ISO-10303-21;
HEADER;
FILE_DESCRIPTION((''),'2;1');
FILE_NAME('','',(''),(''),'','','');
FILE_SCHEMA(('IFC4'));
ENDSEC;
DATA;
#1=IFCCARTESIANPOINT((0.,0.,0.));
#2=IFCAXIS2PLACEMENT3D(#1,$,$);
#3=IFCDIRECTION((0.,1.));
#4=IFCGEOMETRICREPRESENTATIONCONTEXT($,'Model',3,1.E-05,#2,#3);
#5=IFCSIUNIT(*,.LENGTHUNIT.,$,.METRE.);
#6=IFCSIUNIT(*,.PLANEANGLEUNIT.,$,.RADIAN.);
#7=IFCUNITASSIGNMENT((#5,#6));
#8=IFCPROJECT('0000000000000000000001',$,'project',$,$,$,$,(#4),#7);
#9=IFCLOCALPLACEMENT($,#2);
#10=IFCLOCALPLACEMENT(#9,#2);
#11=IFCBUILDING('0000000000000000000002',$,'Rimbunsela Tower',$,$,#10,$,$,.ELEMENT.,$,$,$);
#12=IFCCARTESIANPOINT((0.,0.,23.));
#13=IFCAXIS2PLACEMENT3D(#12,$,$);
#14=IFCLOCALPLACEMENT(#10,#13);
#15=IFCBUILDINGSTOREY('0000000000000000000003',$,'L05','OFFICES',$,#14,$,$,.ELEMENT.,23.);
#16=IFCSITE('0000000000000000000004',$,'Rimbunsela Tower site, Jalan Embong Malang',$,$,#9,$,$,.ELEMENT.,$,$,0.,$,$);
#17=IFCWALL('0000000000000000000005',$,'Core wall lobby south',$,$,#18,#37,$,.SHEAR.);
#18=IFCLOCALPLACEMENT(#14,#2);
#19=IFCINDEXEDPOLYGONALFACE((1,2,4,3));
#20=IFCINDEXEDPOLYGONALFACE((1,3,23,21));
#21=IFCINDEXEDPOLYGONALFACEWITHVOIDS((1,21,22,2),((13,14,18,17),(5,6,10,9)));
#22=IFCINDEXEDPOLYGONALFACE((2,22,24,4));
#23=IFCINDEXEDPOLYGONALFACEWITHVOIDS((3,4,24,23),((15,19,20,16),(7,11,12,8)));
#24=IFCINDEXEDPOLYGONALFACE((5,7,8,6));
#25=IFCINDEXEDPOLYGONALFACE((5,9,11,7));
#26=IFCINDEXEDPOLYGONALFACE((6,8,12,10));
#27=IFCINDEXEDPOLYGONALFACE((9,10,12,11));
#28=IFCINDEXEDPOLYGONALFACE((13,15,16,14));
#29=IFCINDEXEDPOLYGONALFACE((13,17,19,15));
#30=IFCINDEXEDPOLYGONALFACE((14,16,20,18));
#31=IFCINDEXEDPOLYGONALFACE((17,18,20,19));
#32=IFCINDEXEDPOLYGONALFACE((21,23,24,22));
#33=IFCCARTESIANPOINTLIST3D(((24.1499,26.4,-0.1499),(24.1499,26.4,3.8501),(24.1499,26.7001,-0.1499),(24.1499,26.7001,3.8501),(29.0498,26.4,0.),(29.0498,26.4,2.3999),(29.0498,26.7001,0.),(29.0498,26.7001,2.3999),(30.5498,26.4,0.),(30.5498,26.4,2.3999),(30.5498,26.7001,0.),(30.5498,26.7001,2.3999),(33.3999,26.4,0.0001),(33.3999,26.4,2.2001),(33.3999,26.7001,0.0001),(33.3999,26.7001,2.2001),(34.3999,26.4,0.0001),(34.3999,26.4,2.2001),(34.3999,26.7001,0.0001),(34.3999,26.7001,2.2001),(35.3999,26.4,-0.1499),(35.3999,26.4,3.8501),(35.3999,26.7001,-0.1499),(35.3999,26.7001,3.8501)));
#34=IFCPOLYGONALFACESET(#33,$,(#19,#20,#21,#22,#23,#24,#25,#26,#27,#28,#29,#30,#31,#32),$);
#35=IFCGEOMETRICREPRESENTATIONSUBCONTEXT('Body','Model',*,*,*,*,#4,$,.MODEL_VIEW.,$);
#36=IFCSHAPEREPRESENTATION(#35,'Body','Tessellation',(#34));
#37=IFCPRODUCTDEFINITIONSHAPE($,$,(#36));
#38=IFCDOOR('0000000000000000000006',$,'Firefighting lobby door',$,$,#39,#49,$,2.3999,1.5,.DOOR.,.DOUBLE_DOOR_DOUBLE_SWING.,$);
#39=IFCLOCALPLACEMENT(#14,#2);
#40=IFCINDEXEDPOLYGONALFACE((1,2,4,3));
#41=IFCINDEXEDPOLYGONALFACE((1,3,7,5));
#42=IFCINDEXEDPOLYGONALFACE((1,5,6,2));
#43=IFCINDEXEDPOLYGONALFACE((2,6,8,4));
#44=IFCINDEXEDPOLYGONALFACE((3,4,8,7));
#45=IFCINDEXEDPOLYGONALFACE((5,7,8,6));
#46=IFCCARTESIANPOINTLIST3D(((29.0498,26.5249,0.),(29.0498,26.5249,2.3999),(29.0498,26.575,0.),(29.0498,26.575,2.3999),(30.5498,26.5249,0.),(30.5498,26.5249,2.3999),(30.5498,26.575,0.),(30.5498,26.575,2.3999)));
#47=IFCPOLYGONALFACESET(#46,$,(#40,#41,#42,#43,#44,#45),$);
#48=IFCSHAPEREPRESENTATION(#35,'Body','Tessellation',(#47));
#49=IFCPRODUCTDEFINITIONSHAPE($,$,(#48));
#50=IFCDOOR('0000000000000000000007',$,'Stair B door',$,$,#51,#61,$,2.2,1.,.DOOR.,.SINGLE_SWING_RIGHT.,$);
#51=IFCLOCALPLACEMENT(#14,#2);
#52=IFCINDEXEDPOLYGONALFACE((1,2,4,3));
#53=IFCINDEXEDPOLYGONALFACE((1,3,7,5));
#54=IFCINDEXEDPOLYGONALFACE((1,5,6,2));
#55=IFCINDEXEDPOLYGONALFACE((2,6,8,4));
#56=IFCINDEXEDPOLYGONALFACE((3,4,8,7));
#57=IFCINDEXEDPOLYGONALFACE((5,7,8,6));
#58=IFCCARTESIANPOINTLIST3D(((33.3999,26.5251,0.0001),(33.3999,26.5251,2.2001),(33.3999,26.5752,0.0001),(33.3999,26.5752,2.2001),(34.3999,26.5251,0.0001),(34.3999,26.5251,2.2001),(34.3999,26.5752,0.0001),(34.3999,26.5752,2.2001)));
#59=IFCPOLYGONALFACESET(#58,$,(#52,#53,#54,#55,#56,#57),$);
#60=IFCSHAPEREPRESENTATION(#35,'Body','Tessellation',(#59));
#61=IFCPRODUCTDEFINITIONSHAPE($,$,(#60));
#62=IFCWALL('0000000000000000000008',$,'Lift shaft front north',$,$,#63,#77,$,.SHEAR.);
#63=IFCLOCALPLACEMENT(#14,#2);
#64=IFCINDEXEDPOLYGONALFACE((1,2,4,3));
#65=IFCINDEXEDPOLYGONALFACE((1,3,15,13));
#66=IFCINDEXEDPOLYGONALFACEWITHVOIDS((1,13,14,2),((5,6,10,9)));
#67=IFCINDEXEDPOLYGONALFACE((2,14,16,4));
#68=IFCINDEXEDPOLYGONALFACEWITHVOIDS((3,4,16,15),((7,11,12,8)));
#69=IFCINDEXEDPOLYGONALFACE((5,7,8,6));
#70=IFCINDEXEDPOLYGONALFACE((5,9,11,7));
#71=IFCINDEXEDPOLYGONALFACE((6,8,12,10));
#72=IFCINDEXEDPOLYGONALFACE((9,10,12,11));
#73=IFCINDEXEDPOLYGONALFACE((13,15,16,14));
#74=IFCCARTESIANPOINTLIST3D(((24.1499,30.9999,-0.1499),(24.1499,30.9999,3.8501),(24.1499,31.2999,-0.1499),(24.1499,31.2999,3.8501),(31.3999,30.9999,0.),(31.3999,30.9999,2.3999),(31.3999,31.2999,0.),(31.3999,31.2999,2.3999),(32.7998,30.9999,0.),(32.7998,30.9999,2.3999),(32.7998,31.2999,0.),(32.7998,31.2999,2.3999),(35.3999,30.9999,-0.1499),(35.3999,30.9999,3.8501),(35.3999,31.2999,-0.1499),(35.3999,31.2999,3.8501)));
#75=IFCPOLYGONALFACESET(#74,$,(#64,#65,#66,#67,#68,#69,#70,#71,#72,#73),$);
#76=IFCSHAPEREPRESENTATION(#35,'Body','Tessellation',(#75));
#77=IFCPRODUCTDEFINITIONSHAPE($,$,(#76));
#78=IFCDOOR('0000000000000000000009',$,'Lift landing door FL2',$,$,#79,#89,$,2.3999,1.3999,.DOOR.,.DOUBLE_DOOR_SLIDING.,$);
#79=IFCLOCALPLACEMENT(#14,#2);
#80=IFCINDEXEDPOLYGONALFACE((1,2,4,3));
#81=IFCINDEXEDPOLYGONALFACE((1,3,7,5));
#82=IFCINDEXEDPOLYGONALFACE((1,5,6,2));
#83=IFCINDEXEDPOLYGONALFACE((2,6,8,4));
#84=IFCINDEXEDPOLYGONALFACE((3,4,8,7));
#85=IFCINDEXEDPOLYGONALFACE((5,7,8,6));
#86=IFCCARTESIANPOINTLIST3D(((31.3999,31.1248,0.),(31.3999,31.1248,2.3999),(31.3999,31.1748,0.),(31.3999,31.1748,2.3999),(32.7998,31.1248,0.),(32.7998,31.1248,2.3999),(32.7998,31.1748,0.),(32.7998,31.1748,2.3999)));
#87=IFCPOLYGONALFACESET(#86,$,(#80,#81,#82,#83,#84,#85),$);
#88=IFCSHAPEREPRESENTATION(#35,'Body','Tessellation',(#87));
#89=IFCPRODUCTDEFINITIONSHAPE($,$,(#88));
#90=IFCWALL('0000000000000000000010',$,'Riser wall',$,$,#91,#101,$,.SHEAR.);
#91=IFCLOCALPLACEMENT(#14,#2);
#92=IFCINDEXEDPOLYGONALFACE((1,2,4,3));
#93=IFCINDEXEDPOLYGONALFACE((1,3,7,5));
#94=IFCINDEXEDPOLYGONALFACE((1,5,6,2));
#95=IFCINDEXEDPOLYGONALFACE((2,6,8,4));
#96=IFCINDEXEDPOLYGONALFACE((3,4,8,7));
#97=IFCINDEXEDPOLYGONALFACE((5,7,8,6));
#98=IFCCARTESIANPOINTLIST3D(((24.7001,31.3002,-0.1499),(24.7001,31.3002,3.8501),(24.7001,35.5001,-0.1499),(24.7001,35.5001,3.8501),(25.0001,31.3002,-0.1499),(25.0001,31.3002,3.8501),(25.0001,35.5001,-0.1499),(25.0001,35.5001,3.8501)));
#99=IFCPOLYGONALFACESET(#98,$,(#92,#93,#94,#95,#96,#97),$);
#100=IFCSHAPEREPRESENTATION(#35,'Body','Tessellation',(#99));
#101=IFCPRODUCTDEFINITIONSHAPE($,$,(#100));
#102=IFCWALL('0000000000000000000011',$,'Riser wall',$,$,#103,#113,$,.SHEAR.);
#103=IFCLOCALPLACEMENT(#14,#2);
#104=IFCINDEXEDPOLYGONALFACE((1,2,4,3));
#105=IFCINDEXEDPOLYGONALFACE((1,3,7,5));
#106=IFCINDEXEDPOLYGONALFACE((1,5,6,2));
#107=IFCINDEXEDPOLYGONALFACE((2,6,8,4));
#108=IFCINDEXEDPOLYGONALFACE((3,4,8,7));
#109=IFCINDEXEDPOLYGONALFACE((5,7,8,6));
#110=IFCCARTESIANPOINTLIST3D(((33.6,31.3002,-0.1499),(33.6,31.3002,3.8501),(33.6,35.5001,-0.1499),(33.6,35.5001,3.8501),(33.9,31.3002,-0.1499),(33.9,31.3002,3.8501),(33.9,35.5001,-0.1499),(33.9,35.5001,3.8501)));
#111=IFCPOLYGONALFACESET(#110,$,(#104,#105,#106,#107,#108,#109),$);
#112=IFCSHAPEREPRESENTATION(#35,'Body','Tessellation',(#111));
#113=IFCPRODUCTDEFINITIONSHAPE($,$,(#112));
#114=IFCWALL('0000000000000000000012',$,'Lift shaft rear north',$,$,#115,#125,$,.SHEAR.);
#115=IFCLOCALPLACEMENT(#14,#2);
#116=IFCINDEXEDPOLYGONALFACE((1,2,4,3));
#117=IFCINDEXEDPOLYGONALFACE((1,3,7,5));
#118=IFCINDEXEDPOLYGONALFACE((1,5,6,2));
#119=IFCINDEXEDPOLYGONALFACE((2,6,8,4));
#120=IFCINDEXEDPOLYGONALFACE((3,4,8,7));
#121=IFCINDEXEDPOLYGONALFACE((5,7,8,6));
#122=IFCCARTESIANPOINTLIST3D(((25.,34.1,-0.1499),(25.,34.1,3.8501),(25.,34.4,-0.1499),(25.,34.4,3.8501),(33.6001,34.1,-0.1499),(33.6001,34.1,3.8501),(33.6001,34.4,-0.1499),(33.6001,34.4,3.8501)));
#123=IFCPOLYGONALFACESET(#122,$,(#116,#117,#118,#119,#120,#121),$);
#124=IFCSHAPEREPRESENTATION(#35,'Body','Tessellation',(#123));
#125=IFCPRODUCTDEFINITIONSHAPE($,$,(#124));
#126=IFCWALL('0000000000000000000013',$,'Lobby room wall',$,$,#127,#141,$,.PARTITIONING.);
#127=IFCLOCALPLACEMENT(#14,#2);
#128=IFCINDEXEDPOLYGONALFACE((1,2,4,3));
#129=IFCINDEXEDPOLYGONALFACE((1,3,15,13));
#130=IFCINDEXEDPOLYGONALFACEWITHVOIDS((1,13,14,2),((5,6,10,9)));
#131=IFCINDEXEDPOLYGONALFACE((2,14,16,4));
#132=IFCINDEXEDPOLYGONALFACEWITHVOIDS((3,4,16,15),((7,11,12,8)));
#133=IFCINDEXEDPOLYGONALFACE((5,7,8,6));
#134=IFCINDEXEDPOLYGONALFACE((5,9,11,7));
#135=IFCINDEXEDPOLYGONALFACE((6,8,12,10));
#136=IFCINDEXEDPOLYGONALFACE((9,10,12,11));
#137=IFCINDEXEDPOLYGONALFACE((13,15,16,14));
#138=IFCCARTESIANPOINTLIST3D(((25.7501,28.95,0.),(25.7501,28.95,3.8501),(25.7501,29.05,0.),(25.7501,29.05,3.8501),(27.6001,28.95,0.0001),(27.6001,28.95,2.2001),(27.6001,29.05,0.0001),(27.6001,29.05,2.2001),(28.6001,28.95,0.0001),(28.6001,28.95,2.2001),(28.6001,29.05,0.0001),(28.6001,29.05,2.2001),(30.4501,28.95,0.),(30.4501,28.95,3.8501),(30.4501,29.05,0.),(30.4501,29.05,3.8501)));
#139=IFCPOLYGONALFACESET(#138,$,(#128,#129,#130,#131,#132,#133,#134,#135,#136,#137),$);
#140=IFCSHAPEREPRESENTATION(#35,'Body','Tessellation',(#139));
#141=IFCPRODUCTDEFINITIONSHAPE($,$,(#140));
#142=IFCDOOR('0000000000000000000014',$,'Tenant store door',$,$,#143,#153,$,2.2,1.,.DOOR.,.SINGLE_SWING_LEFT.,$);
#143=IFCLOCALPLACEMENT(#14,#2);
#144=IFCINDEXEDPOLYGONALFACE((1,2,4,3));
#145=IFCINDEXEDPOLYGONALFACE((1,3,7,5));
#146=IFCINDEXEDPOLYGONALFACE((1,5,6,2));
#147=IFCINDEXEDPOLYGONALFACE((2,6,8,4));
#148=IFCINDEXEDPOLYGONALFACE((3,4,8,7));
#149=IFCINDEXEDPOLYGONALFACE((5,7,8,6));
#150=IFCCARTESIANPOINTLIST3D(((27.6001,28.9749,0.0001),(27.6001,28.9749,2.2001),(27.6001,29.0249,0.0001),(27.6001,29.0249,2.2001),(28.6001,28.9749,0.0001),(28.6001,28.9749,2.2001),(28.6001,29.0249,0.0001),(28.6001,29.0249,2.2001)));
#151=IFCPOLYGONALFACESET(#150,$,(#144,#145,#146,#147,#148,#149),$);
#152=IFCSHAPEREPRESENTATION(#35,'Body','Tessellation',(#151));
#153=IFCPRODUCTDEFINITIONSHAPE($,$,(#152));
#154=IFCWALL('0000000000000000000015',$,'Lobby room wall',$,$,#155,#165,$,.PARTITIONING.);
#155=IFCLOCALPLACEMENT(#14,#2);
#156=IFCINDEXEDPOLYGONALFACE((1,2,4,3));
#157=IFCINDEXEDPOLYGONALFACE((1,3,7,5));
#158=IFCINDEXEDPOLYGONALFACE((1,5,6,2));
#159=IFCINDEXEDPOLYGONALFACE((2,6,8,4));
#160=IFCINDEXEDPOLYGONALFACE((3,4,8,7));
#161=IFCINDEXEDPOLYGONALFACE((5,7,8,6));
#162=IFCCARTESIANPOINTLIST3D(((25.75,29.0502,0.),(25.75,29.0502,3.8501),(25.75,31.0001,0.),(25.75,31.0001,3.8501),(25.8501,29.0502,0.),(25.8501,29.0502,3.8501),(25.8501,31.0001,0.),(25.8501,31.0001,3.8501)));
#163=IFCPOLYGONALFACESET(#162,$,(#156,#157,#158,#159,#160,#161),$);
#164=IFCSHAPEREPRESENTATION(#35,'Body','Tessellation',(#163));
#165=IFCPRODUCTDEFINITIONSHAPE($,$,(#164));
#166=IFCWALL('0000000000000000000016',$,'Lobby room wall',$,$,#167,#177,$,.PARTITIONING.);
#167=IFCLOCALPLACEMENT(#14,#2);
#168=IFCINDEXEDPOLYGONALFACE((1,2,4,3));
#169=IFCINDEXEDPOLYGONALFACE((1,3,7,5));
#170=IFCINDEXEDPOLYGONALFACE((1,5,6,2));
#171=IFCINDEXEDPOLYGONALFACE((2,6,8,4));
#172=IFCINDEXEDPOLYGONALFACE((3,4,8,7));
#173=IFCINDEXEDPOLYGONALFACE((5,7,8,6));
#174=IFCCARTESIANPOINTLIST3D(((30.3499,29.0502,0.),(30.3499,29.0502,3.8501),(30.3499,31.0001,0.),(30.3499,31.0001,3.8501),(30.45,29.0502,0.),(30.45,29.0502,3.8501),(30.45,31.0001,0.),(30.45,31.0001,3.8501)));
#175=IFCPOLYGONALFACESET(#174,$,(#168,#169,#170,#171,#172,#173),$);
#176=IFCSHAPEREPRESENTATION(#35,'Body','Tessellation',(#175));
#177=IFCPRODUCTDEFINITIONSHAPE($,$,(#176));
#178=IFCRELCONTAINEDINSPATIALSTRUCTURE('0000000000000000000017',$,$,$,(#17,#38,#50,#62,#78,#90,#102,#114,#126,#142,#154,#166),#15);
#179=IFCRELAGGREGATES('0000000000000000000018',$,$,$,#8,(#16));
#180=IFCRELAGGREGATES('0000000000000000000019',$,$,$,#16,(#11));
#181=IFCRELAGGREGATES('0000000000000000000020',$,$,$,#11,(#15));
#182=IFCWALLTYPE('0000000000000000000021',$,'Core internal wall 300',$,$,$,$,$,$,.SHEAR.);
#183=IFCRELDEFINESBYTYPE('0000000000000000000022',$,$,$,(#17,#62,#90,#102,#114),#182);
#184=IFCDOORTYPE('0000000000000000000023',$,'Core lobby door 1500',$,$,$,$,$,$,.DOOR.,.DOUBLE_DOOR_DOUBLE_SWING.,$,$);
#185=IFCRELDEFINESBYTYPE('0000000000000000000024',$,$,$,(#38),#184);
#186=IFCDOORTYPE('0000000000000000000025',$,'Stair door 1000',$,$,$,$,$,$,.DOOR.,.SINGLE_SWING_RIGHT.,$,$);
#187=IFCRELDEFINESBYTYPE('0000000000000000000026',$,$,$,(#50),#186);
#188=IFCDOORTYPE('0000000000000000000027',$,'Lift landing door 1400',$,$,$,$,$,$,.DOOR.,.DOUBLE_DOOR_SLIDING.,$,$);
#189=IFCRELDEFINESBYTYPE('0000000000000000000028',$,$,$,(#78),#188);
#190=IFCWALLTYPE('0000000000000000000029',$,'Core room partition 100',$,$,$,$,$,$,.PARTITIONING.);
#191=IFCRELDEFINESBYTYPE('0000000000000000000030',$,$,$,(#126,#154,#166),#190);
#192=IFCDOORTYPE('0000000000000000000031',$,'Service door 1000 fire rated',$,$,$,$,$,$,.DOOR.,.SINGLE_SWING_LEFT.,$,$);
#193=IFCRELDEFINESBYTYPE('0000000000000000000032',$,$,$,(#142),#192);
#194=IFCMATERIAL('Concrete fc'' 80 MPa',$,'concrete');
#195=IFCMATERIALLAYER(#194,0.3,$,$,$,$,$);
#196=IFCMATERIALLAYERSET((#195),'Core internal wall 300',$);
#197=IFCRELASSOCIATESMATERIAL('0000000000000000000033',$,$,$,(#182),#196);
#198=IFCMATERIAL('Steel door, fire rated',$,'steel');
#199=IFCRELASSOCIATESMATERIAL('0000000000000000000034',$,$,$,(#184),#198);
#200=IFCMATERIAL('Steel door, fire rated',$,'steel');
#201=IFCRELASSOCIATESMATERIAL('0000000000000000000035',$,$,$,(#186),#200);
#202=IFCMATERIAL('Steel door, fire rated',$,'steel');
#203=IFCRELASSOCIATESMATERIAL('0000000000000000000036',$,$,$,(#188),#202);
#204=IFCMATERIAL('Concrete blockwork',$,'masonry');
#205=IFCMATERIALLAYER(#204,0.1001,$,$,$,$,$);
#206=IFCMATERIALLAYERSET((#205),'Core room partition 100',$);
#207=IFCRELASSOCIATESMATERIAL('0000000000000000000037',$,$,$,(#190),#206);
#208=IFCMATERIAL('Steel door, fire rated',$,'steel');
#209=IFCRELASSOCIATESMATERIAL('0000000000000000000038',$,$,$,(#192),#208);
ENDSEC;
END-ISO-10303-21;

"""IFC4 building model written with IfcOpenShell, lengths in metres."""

from ifc_helpers import new_model, si_unit, direction, frame, frame_2d, origin, place, context, subcontext, project, spatial, rectangle, extrude, material, layer, layer_set, type_object, element, fill, save


model = new_model("IFC4")

# Units and contexts
model_context = context("Model", 3, precision=1e-05, world=origin(), true_north=direction((0.0, 1.0)))
body_context = subcontext(model_context, "Body", "Model", "MODEL_VIEW")
ifc_project = project(units=[si_unit("LENGTHUNIT", "METRE"), si_unit("PLANEANGLEUNIT", "RADIAN")], contexts=[model_context])

# Site, building, storey
site_placement = place(None, origin())
site = spatial("IfcSite", under=ifc_project, at=site_placement, Name="Rimbunsela Tower site, Jalan Embong Malang", CompositionType="ELEMENT", RefElevation=0.0)
building_placement = place(site_placement, origin())
building = spatial("IfcBuilding", under=site, at=building_placement, Name="Rimbunsela Tower", CompositionType="ELEMENT")
storey_placement = place(building_placement, frame((0.0, 0.0, 23.0)))
storey = spatial("IfcBuildingStorey", under=building, at=storey_placement, Name="L05", Description="OFFICES", CompositionType="ELEMENT", Elevation=23.0)

# Wall, openings, doors
ifc_material_1 = material(Name="Concrete fc' 80 MPa", Category="concrete")
ifc_layer_1 = layer(ifc_material_1, 0.3)
ifc_layer_set_1 = layer_set([ifc_layer_1], Name="Core internal wall 300")
wall_type_1 = type_object("IfcWallType", Name="Core internal wall 300", PredefinedType="SHEAR", material=ifc_layer_set_1)
wall_1_placement = place(storey_placement, frame((24.1499, 26.55, -0.1499), z_axis=(0.0, 0.0, 1.0), x_axis=(1.0, 0.0, 0.0)))
wall_1 = element("IfcWall", 1, at=wall_1_placement, inside=storey, type_object=wall_type_1, Name="Core wall lobby south", PredefinedType="SHEAR", context=body_context, shape_type="SweptSolid", body=[
    extrude(rectangle(XDim=11.25, YDim=0.3, at=frame_2d((5.625, 0.0))), origin(), (0.0, 0.0, 1.0), 4.0),
])
opening_1_placement = place(wall_1_placement, frame((9.25, 0.0, 0.1499)))
opening_1 = element("IfcOpeningElement", 2, at=opening_1_placement, cuts=wall_1, PredefinedType="OPENING", context=body_context, shape_type="SweptSolid", body=[
    extrude(rectangle(XDim=1.0, YDim=2.2, at=frame_2d((0.5, 1.1001))), frame((0.0, 0.1599, 0.0), z_axis=(0.0, -1.0, 0.0), x_axis=(1.0, 0.0, 0.0)), (0.0, 0.0, 1.0), 0.3201),
])
opening_2_placement = place(wall_1_placement, frame((4.8999, 0.0, 0.1499)))
opening_2 = element("IfcOpeningElement", 3, at=opening_2_placement, cuts=wall_1, PredefinedType="OPENING", context=body_context, shape_type="SweptSolid", body=[
    extrude(rectangle(XDim=1.5, YDim=2.3999, at=frame_2d((0.75, 1.2))), frame((0.0, 0.1599, 0.0), z_axis=(0.0, -1.0, 0.0), x_axis=(1.0, 0.0, 0.0)), (0.0, 0.0, 1.0), 0.3201),
])
ifc_material_2 = material(Name="Steel door, fire rated", Category="steel")
door_type_1 = type_object("IfcDoorType", Name="Core lobby door 1500", OperationType="DOUBLE_DOOR_DOUBLE_SWING", PredefinedType="DOOR", material=ifc_material_2)
door_1_placement = place(opening_2_placement, origin())
door_1 = element("IfcDoor", 4, at=door_1_placement, inside=storey, type_object=door_type_1, Name="Firefighting lobby door", OperationType="DOUBLE_DOOR_DOUBLE_SWING", OverallHeight=2.3999, OverallWidth=1.5, PredefinedType="DOOR", context=body_context, shape_type="SweptSolid", body=[
    extrude(rectangle(XDim=1.5, YDim=2.3999, at=frame_2d((0.75, 1.2))), frame((0.0, 0.0249, 0.0), z_axis=(0.0, -1.0, 0.0), x_axis=(1.0, 0.0, 0.0)), (0.0, 0.0, 1.0), 0.05),
])
fill(opening_2, door_1)
ifc_material_3 = material(Name="Steel door, fire rated", Category="steel")
door_type_2 = type_object("IfcDoorType", Name="Stair door 1000", OperationType="SINGLE_SWING_RIGHT", PredefinedType="DOOR", material=ifc_material_3)
door_2_placement = place(opening_1_placement, frame((1.0, 0.0, 0.0), z_axis=(0.0, 0.0, 1.0), x_axis=(-1.0, 0.0, 0.0)))
door_2 = element("IfcDoor", 5, at=door_2_placement, inside=storey, type_object=door_type_2, Name="Stair B door", OperationType="SINGLE_SWING_RIGHT", OverallHeight=2.2, OverallWidth=1.0, PredefinedType="DOOR", context=body_context, shape_type="SweptSolid", body=[
    extrude(rectangle(XDim=1.0, YDim=2.2, at=frame_2d((0.5, 1.1001))), frame((0.0, 0.0249, 0.0), z_axis=(0.0, -1.0, 0.0), x_axis=(1.0, 0.0, 0.0)), (0.0, 0.0, 1.0), 0.05),
])
fill(opening_1, door_2)

# Wall, opening, door
wall_2_placement = place(storey_placement, frame((24.1499, 31.1499, -0.1499), z_axis=(0.0, 0.0, 1.0), x_axis=(1.0, 0.0, 0.0)))
wall_2 = element("IfcWall", 6, at=wall_2_placement, inside=storey, type_object=wall_type_1, Name="Lift shaft front north", PredefinedType="SHEAR", context=body_context, shape_type="SweptSolid", body=[
    extrude(rectangle(XDim=11.25, YDim=0.3, at=frame_2d((5.625, 0.0))), origin(), (0.0, 0.0, 1.0), 4.0),
])
opening_3_placement = place(wall_2_placement, frame((7.25, 0.0, 0.1499)))
opening_3 = element("IfcOpeningElement", 7, at=opening_3_placement, cuts=wall_2, PredefinedType="OPENING", context=body_context, shape_type="SweptSolid", body=[
    extrude(rectangle(XDim=1.3999, YDim=2.3999, at=frame_2d((0.7, 1.2))), frame((0.0, 0.1599, 0.0), z_axis=(0.0, -1.0, 0.0), x_axis=(1.0, 0.0, 0.0)), (0.0, 0.0, 1.0), 0.3201),
])
ifc_material_4 = material(Name="Steel door, fire rated", Category="steel")
door_type_3 = type_object("IfcDoorType", Name="Lift landing door 1400", OperationType="DOUBLE_DOOR_SLIDING", PredefinedType="DOOR", material=ifc_material_4)
door_3_placement = place(opening_3_placement, origin())
door_3 = element("IfcDoor", 8, at=door_3_placement, inside=storey, type_object=door_type_3, Name="Lift landing door FL2", OperationType="DOUBLE_DOOR_SLIDING", OverallHeight=2.3999, OverallWidth=1.3999, PredefinedType="DOOR", context=body_context, shape_type="SweptSolid", body=[
    extrude(rectangle(XDim=1.3999, YDim=2.3999, at=frame_2d((0.7, 1.2))), frame((0.0, 0.0249, 0.0), z_axis=(0.0, -1.0, 0.0), x_axis=(1.0, 0.0, 0.0)), (0.0, 0.0, 1.0), 0.05),
])
fill(opening_3, door_3)

# Walls
for number, where, z_axis, x_axis, name in (
    (9, (24.8501, 31.3, -0.1499), (0.0, 0.0, 1.0), (0.0, 1.0, 0.0), "Riser wall"),
    (10, (33.75, 31.3, -0.1499), (0.0, 0.0, 1.0), (0.0, 1.0, 0.0), "Riser wall"),
):
    element("IfcWall", number, at=place(storey_placement, frame(where, z_axis=z_axis, x_axis=x_axis)), inside=storey, type_object=wall_type_1, Name=name, PredefinedType="SHEAR", context=body_context, shape_type="SweptSolid", body=[
        extrude(rectangle(XDim=4.2, YDim=0.3, at=frame_2d((2.1001, 0.0))), origin(), (0.0, 0.0, 1.0), 4.0),
    ])
wall_3_placement = place(storey_placement, frame((25.0, 34.25, -0.1499), z_axis=(0.0, 0.0, 1.0), x_axis=(1.0, 0.0, 0.0)))
element("IfcWall", 11, at=wall_3_placement, inside=storey, type_object=wall_type_1, Name="Lift shaft rear north", PredefinedType="SHEAR", context=body_context, shape_type="SweptSolid", body=[
    extrude(rectangle(XDim=8.6001, YDim=0.3, at=frame_2d((4.3, 0.0))), origin(), (0.0, 0.0, 1.0), 4.0),
])

# Wall, opening, door
ifc_material_5 = material(Name="Concrete blockwork", Category="masonry")
ifc_layer_2 = layer(ifc_material_5, 0.1001)
ifc_layer_set_2 = layer_set([ifc_layer_2], Name="Core room partition 100")
wall_type_2 = type_object("IfcWallType", Name="Core room partition 100", PredefinedType="PARTITIONING", material=ifc_layer_set_2)
wall_4_placement = place(storey_placement, frame((25.75, 29.0, 0.0), z_axis=(0.0, 0.0, 1.0), x_axis=(1.0, 0.0, 0.0)))
wall_4 = element("IfcWall", 12, at=wall_4_placement, inside=storey, type_object=wall_type_2, Name="Lobby room wall", PredefinedType="PARTITIONING", context=body_context, shape_type="SweptSolid", body=[
    extrude(rectangle(XDim=4.7, YDim=0.1001, at=frame_2d((2.3501, 0.0))), origin(), (0.0, 0.0, 1.0), 3.8501),
])
opening_4_placement = place(wall_4_placement, frame((1.8501, 0.0, 0.0)))
opening_4 = element("IfcOpeningElement", 13, at=opening_4_placement, cuts=wall_4, PredefinedType="OPENING", context=body_context, shape_type="SweptSolid", body=[
    extrude(rectangle(XDim=1.0, YDim=2.2, at=frame_2d((0.5, 1.1001))), frame((0.0, 0.0601, 0.0), z_axis=(0.0, -1.0, 0.0), x_axis=(1.0, 0.0, 0.0)), (0.0, 0.0, 1.0), 0.1201),
])
ifc_material_6 = material(Name="Steel door, fire rated", Category="steel")
door_type_4 = type_object("IfcDoorType", Name="Service door 1000 fire rated", OperationType="SINGLE_SWING_LEFT", PredefinedType="DOOR", material=ifc_material_6)
door_4_placement = place(opening_4_placement, origin())
door_4 = element("IfcDoor", 14, at=door_4_placement, inside=storey, type_object=door_type_4, Name="Tenant store door", OperationType="SINGLE_SWING_LEFT", OverallHeight=2.2, OverallWidth=1.0, PredefinedType="DOOR", context=body_context, shape_type="SweptSolid", body=[
    extrude(rectangle(XDim=1.0, YDim=2.2, at=frame_2d((0.5, 1.1001))), frame((0.0, 0.0249, 0.0), z_axis=(0.0, -1.0, 0.0), x_axis=(1.0, 0.0, 0.0)), (0.0, 0.0, 1.0), 0.05),
])
fill(opening_4, door_4)

# Walls
for number, where, z_axis, x_axis, name in (
    (15, (25.8, 29.05, 0.0), (0.0, 0.0, 1.0), (0.0, 1.0, 0.0), "Lobby room wall"),
    (16, (30.3999, 29.05, 0.0), (0.0, 0.0, 1.0), (0.0, 1.0, 0.0), "Lobby room wall"),
):
    element("IfcWall", number, at=place(storey_placement, frame(where, z_axis=z_axis, x_axis=x_axis)), inside=storey, type_object=wall_type_2, Name=name, PredefinedType="PARTITIONING", context=body_context, shape_type="SweptSolid", body=[
        extrude(rectangle(XDim=1.95, YDim=0.1001, at=frame_2d((0.9751, 0.0))), origin(), (0.0, 0.0, 1.0), 3.8501),
    ])

save(model, "model.ifc")
